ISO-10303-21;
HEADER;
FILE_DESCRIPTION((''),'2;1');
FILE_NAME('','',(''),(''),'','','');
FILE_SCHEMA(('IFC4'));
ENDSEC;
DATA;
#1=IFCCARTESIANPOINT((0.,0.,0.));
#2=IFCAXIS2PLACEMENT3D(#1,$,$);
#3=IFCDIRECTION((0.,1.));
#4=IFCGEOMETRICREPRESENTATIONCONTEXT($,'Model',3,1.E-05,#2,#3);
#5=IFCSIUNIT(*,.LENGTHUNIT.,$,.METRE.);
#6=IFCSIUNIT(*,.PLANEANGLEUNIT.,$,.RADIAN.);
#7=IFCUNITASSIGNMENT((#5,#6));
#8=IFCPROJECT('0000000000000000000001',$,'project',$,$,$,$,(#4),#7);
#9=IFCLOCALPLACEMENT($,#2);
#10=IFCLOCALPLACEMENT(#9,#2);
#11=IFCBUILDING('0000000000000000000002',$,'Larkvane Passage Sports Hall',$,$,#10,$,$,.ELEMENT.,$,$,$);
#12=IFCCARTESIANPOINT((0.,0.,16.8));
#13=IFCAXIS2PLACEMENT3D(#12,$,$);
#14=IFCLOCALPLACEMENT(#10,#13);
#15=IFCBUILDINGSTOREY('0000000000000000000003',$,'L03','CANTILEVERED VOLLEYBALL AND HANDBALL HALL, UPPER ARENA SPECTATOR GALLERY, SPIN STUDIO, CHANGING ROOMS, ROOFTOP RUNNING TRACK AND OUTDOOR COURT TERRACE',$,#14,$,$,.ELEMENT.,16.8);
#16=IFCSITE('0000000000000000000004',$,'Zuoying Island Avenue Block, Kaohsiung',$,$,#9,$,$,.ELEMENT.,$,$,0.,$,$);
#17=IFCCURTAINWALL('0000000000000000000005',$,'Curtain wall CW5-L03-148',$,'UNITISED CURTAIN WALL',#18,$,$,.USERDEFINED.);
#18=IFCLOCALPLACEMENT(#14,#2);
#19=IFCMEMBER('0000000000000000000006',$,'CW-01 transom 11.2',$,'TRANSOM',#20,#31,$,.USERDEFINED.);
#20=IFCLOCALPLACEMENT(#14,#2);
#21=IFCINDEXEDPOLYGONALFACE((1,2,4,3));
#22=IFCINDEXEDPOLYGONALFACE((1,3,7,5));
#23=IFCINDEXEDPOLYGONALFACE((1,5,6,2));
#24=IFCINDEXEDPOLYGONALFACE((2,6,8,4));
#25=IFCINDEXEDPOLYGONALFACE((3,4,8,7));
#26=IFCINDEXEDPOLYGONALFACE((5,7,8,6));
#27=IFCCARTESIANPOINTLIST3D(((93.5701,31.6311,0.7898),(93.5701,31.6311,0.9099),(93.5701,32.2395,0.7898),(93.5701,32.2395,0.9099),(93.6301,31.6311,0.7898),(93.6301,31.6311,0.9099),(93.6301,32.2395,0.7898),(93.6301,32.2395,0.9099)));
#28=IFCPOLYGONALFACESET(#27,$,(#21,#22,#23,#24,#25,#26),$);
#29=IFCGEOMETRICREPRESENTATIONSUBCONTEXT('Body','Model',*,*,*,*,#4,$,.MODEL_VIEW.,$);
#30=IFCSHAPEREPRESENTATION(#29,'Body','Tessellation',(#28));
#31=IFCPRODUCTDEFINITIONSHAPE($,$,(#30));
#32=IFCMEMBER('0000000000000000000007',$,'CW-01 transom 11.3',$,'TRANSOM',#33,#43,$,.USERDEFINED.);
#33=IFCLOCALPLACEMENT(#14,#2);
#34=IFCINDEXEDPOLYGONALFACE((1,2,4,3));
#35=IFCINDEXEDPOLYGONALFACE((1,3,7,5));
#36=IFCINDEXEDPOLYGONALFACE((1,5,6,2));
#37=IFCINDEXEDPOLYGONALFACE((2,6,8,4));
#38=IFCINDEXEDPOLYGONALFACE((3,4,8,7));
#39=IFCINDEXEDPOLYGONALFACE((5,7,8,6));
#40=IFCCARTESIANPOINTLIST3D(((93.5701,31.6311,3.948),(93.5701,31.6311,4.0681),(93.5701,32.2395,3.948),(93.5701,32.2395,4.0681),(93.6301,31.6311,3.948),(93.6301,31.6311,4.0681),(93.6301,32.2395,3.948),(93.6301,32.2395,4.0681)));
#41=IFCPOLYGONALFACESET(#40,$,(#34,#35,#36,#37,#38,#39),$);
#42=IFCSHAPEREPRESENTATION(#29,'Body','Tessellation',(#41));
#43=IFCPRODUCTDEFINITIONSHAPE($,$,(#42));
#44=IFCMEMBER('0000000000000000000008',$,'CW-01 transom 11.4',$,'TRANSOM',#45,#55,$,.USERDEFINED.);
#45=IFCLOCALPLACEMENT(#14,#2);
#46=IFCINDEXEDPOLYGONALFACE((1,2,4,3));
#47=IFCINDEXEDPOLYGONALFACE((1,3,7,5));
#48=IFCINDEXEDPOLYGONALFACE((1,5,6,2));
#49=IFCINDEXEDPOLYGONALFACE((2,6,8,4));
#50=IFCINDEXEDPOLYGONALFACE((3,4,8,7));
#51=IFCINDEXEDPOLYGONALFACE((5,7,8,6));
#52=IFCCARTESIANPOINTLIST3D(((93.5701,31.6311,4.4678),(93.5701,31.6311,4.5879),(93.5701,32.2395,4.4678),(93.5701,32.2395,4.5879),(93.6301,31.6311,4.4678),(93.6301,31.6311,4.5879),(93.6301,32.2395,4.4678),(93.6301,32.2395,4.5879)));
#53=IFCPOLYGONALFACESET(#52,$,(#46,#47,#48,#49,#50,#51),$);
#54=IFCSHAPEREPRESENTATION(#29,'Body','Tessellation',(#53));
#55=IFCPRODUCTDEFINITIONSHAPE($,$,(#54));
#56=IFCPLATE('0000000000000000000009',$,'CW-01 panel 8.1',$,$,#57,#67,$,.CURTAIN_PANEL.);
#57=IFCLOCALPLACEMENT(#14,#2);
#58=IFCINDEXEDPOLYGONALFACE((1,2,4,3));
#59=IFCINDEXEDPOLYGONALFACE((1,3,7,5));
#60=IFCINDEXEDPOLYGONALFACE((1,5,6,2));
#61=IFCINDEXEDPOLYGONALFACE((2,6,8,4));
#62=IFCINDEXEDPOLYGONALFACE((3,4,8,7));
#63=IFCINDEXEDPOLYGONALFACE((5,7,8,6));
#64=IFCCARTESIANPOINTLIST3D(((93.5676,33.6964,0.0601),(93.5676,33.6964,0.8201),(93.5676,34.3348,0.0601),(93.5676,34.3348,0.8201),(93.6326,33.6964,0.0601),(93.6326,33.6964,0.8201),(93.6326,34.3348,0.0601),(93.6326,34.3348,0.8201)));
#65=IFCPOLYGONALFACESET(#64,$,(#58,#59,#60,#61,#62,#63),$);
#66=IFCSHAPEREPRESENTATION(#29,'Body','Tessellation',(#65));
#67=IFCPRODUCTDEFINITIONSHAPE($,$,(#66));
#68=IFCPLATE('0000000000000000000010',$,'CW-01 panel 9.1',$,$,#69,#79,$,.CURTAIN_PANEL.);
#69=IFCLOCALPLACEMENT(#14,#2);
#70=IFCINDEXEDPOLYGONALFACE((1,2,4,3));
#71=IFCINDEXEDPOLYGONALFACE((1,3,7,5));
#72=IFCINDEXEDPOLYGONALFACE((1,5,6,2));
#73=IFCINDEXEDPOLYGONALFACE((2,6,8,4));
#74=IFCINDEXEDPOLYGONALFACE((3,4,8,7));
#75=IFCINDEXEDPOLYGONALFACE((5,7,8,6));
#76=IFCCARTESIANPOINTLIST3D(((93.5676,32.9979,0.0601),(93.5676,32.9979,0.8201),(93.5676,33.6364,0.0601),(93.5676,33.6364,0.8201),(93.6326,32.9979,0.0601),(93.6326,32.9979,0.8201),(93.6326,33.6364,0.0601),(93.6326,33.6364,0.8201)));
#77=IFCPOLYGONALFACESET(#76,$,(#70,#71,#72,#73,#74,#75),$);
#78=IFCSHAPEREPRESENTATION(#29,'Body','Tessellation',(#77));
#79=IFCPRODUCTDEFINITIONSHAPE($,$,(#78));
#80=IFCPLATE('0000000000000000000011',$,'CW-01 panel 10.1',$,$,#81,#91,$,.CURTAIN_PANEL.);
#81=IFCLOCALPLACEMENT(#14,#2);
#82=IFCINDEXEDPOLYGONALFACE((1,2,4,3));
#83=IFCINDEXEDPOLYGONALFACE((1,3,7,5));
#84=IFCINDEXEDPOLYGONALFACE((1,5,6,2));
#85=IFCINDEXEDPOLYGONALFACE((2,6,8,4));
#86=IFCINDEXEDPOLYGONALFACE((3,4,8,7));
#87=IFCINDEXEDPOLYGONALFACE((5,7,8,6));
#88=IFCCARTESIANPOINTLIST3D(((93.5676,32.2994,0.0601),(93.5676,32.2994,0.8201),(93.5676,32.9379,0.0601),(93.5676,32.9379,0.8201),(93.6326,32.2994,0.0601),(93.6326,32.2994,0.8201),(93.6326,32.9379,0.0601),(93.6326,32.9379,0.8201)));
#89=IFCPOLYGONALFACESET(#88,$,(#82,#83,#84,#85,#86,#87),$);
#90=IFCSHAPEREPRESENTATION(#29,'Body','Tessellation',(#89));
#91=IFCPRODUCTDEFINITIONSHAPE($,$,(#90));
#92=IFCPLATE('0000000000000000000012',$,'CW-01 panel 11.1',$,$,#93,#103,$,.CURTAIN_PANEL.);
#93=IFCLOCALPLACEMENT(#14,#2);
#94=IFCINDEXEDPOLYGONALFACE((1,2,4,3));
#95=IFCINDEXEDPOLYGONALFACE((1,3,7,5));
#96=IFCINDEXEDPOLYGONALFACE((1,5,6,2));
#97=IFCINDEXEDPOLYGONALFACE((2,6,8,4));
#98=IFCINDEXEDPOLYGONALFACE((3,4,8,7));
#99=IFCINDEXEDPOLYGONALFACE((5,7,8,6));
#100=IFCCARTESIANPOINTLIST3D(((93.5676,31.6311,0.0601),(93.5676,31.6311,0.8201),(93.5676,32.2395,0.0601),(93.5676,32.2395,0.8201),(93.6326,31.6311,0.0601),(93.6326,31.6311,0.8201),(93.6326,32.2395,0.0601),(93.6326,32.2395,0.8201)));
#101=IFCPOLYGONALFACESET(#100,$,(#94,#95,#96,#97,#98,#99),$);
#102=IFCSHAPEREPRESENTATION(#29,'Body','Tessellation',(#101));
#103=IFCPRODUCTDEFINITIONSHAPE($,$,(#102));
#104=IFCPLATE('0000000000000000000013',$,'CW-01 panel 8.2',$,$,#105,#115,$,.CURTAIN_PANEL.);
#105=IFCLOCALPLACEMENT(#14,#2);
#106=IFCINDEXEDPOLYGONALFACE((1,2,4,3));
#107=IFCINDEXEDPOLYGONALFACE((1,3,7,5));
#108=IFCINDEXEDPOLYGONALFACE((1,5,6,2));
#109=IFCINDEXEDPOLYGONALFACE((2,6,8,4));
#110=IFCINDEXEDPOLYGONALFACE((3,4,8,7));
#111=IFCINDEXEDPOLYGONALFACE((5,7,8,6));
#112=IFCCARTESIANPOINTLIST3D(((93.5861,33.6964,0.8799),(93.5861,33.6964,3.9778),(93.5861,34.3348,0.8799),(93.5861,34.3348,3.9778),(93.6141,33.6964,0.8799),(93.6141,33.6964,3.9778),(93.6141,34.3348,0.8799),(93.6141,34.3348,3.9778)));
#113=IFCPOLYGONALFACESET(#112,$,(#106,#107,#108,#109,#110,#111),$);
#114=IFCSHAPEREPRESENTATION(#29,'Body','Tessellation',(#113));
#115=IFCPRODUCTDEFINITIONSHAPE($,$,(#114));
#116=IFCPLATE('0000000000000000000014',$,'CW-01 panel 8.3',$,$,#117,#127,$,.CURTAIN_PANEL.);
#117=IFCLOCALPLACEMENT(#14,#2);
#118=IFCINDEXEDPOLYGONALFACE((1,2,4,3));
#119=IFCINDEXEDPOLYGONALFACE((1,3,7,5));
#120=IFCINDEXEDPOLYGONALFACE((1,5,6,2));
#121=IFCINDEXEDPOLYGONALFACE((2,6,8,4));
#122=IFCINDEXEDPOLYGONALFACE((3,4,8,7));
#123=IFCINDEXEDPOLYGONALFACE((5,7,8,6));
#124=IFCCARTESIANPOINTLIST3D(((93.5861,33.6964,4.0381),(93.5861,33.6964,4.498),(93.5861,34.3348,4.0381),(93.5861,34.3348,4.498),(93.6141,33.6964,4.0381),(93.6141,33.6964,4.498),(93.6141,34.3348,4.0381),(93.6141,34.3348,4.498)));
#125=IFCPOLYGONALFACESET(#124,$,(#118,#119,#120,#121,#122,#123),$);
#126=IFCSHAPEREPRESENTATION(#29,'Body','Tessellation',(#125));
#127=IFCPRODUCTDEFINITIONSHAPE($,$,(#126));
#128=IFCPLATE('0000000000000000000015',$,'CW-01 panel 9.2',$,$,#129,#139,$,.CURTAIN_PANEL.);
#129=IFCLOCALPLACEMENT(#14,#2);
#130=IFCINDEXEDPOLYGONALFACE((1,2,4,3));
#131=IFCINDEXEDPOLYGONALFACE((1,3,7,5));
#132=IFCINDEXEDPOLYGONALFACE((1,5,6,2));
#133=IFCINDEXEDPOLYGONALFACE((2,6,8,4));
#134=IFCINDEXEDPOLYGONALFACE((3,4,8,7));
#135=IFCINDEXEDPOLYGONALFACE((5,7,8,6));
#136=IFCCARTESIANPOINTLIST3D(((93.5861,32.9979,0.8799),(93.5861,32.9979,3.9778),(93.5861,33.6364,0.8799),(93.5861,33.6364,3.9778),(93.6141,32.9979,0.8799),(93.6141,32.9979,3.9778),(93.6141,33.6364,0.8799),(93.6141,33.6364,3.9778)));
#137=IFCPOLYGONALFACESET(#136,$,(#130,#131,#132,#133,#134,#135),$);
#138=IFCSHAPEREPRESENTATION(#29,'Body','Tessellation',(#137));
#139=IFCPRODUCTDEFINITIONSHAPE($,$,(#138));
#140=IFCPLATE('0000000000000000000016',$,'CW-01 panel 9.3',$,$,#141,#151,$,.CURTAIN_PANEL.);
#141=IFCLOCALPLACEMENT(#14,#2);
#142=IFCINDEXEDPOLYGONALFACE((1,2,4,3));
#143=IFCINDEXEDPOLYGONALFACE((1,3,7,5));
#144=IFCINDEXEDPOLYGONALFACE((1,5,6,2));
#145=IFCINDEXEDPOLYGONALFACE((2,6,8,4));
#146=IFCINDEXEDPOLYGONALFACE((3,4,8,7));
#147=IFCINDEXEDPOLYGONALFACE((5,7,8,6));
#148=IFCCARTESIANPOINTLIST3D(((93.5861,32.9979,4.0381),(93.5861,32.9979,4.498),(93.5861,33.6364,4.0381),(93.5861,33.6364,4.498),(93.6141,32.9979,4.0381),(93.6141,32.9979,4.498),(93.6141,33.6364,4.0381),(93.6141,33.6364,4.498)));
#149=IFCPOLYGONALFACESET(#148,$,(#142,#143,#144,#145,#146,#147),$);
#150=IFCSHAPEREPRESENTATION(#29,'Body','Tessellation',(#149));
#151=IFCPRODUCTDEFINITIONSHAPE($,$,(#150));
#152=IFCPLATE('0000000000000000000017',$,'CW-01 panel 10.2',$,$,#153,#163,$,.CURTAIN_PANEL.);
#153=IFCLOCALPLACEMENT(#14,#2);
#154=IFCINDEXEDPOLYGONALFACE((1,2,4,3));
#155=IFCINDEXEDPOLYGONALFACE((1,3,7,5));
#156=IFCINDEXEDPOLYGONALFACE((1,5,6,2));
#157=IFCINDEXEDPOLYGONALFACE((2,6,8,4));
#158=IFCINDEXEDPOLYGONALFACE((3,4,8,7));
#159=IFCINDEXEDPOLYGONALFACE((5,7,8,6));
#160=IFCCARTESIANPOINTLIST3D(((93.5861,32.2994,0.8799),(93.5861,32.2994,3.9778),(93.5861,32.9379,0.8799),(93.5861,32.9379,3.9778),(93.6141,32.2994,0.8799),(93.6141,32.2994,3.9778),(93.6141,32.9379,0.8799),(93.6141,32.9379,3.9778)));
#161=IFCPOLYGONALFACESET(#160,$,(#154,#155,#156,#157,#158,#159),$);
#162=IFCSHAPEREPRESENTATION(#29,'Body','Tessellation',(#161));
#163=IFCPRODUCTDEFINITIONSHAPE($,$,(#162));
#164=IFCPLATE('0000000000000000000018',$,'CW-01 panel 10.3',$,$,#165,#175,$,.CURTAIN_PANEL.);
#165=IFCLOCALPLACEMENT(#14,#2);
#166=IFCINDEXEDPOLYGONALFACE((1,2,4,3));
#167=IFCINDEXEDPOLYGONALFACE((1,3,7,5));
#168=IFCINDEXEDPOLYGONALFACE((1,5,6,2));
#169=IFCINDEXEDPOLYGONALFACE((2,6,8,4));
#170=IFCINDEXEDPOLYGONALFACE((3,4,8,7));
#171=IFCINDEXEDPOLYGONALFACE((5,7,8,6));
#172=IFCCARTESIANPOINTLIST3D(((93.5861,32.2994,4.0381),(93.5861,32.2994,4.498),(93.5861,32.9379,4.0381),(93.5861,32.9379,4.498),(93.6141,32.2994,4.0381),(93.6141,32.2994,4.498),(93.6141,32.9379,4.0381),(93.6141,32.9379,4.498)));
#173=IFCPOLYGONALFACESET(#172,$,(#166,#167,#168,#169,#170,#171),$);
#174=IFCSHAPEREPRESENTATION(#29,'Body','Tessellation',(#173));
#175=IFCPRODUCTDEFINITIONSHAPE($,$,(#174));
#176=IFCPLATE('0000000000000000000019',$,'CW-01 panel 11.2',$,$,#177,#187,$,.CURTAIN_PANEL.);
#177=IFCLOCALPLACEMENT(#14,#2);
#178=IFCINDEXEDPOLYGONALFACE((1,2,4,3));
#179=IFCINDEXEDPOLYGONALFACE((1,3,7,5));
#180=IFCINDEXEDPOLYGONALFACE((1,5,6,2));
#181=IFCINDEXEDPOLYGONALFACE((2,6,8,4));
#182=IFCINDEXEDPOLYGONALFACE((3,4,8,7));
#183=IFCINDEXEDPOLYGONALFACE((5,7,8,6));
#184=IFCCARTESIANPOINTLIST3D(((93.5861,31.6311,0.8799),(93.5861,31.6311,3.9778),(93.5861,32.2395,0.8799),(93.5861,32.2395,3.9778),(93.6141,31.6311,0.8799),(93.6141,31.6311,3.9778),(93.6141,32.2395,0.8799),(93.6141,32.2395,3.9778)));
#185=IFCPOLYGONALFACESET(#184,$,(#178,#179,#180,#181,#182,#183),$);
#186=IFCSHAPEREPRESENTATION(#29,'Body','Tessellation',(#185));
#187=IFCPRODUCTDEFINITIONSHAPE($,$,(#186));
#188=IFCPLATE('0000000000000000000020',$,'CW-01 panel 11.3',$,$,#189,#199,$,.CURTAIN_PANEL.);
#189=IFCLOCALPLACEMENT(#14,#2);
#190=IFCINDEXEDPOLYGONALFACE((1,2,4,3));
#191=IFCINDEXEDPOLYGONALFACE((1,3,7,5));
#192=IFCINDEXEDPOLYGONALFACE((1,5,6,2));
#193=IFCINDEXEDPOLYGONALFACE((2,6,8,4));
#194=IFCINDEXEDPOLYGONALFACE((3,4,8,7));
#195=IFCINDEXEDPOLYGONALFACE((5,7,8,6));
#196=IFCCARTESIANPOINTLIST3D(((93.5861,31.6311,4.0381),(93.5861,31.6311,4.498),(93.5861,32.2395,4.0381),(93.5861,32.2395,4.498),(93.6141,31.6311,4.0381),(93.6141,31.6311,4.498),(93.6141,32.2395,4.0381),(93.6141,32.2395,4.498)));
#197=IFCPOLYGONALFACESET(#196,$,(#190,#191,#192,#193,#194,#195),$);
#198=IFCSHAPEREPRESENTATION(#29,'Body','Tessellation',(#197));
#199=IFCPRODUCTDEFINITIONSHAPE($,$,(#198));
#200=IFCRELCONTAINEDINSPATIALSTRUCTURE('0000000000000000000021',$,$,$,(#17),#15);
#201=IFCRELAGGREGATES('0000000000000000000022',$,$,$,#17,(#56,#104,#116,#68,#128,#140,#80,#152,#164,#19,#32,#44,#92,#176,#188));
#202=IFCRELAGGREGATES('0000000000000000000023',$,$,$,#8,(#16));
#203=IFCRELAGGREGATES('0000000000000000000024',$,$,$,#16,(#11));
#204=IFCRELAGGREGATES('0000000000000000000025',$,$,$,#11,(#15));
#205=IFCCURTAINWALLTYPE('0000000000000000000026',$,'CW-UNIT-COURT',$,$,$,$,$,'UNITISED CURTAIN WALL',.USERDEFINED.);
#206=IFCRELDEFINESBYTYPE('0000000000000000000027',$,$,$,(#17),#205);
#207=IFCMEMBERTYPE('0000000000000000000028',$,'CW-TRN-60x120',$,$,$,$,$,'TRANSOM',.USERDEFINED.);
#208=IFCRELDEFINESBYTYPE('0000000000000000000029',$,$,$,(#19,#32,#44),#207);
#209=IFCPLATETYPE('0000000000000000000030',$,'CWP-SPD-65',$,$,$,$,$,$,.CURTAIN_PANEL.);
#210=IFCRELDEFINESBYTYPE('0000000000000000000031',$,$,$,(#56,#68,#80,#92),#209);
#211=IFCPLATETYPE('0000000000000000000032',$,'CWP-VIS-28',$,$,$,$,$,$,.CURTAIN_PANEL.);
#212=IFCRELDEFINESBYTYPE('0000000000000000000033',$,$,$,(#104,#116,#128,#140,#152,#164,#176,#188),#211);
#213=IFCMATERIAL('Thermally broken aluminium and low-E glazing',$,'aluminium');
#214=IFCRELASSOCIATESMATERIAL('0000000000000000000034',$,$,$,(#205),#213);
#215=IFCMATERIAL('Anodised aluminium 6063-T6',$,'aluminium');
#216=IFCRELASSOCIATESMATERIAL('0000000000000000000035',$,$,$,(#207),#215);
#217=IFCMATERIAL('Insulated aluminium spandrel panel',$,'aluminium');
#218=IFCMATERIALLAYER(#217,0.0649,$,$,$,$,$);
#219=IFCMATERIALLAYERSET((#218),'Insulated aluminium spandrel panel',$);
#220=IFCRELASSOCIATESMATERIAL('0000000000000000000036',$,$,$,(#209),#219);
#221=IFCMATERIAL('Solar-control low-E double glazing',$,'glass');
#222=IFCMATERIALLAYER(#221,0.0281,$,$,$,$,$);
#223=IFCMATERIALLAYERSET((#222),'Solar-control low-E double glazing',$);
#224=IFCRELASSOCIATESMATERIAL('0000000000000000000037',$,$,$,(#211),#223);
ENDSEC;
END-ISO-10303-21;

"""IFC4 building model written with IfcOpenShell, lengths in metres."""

from ifc_helpers import new_model, si_unit, direction, frame, origin, origin_2d, place, context, subcontext, project, spatial, rectangle, extrude, material, layer, layer_set, material_profile, profile_set, type_object, element, aggregate, save


model = new_model("IFC4")

# Units and contexts
model_context = context("Model", 3, precision=1e-05, world=origin(), true_north=direction((0.0, 1.0)))
body_context = subcontext(model_context, "Body", "Model", "MODEL_VIEW")
ifc_project = project(units=[si_unit("LENGTHUNIT", "METRE"), si_unit("PLANEANGLEUNIT", "RADIAN")], contexts=[model_context])

# Site, building, storey
site_placement = place(None, origin())
site = spatial("IfcSite", under=ifc_project, at=site_placement, Name="Zuoying Island Avenue Block, Kaohsiung", CompositionType="ELEMENT", RefElevation=0.0)
building_placement = place(site_placement, origin())
building = spatial("IfcBuilding", under=site, at=building_placement, Name="Larkvane Passage Sports Hall", CompositionType="ELEMENT")
storey_placement = place(building_placement, frame((0.0, 0.0, 16.8)))
storey = spatial("IfcBuildingStorey", under=building, at=storey_placement, Name="L03", Description="CANTILEVERED VOLLEYBALL AND HANDBALL HALL, UPPER ARENA SPECTATOR GALLERY, SPIN STUDIO, CHANGING ROOMS, ROOFTOP RUNNING TRACK AND OUTDOOR COURT TERRACE", CompositionType="ELEMENT", Elevation=16.8)

# Shared definitions
ifc_material_1 = material(Name="Thermally broken aluminium and low-E glazing", Category="aluminium")
ifc_material_2 = material(Name="Anodised aluminium 6063-T6", Category="aluminium")

# Curtain wall, members, plates
curtain_wall_type_1 = type_object("IfcCurtainWallType", Name="CW-UNIT-COURT", ElementType="UNITISED CURTAIN WALL", PredefinedType="USERDEFINED", material=ifc_material_1)
curtain_wall_1_placement = place(storey_placement, origin())
curtain_wall_1 = element("IfcCurtainWall", 1, at=curtain_wall_1_placement, inside=storey, type_object=curtain_wall_type_1, Name="Curtain wall CW5-L03-148", ObjectType="UNITISED CURTAIN WALL", PredefinedType="USERDEFINED")
ifc_material_profile_1 = material_profile(ifc_material_2, rectangle(XDim=0.0601, YDim=0.1201, at=origin_2d()), Name="ALU-TRN-60x120")
ifc_profile_set_1 = profile_set([ifc_material_profile_1], Name="Anodised aluminium 6063-T6")
member_type_1 = type_object("IfcMemberType", Name="CW-TRN-60x120", ElementType="TRANSOM", PredefinedType="USERDEFINED", material=ifc_profile_set_1)
member_1_placement = place(storey_placement, frame((93.6001, 32.2395, 0.8499), z_axis=(0.0, -1.0, 0.0), x_axis=(1.0, 0.0, 0.0)))
member_1 = element("IfcMember", 2, at=member_1_placement, type_object=member_type_1, Name="CW-01 transom 11.2", ObjectType="TRANSOM", PredefinedType="USERDEFINED", context=body_context, shape_type="SweptSolid", body=[
    extrude(rectangle(XDim=0.0601, YDim=0.1201, at=origin_2d()), origin(), (0.0, 0.0, 1.0), 0.6084),
])
member_2_placement = place(storey_placement, frame((93.6001, 32.2395, 4.0081), z_axis=(0.0, -1.0, 0.0), x_axis=(1.0, 0.0, 0.0)))
member_2 = element("IfcMember", 3, at=member_2_placement, type_object=member_type_1, Name="CW-01 transom 11.3", ObjectType="TRANSOM", PredefinedType="USERDEFINED", context=body_context, shape_type="SweptSolid", body=[
    extrude(rectangle(XDim=0.0601, YDim=0.1201, at=origin_2d()), origin(), (0.0, 0.0, 1.0), 0.6084),
])
member_3_placement = place(storey_placement, frame((93.6001, 32.2395, 4.5278), z_axis=(0.0, -1.0, 0.0), x_axis=(1.0, 0.0, 0.0)))
member_3 = element("IfcMember", 4, at=member_3_placement, type_object=member_type_1, Name="CW-01 transom 11.4", ObjectType="TRANSOM", PredefinedType="USERDEFINED", context=body_context, shape_type="SweptSolid", body=[
    extrude(rectangle(XDim=0.0601, YDim=0.1201, at=origin_2d()), origin(), (0.0, 0.0, 1.0), 0.6084),
])
ifc_material_3 = material(Name="Insulated aluminium spandrel panel", Category="aluminium")
ifc_layer_1 = layer(ifc_material_3, 0.0649)
ifc_layer_set_1 = layer_set([ifc_layer_1], Name="Insulated aluminium spandrel panel")
plate_type_1 = type_object("IfcPlateType", Name="CWP-SPD-65", PredefinedType="CURTAIN_PANEL", material=ifc_layer_set_1)
plate_1_placement = place(storey_placement, frame((93.6001, 34.0156, 0.0601), z_axis=(0.0, 0.0, 1.0), x_axis=(0.0, -1.0, 0.0)))
plate_1 = element("IfcPlate", 5, at=plate_1_placement, type_object=plate_type_1, Name="CW-01 panel 8.1", PredefinedType="CURTAIN_PANEL", context=body_context, shape_type="SweptSolid", body=[
    extrude(rectangle(XDim=0.6384, YDim=0.0649, at=origin_2d()), origin(), (0.0, 0.0, 1.0), 0.76),
])
plate_2_placement = place(storey_placement, frame((93.6001, 33.3171, 0.0601), z_axis=(0.0, 0.0, 1.0), x_axis=(0.0, -1.0, 0.0)))
plate_2 = element("IfcPlate", 6, at=plate_2_placement, type_object=plate_type_1, Name="CW-01 panel 9.1", PredefinedType="CURTAIN_PANEL", context=body_context, shape_type="SweptSolid", body=[
    extrude(rectangle(XDim=0.6384, YDim=0.0649, at=origin_2d()), origin(), (0.0, 0.0, 1.0), 0.76),
])
plate_3_placement = place(storey_placement, frame((93.6001, 32.6187, 0.0601), z_axis=(0.0, 0.0, 1.0), x_axis=(0.0, -1.0, 0.0)))
plate_3 = element("IfcPlate", 7, at=plate_3_placement, type_object=plate_type_1, Name="CW-01 panel 10.1", PredefinedType="CURTAIN_PANEL", context=body_context, shape_type="SweptSolid", body=[
    extrude(rectangle(XDim=0.6384, YDim=0.0649, at=origin_2d()), origin(), (0.0, 0.0, 1.0), 0.76),
])
plate_4_placement = place(storey_placement, frame((93.6001, 31.9353, 0.0601), z_axis=(0.0, 0.0, 1.0), x_axis=(0.0, -1.0, 0.0)))
plate_4 = element("IfcPlate", 8, at=plate_4_placement, type_object=plate_type_1, Name="CW-01 panel 11.1", PredefinedType="CURTAIN_PANEL", context=body_context, shape_type="SweptSolid", body=[
    extrude(rectangle(XDim=0.6084, YDim=0.0649, at=origin_2d()), origin(), (0.0, 0.0, 1.0), 0.76),
])
ifc_material_4 = material(Name="Solar-control low-E double glazing", Category="glass")
ifc_layer_2 = layer(ifc_material_4, 0.0281)
ifc_layer_set_2 = layer_set([ifc_layer_2], Name="Solar-control low-E double glazing")
plate_type_2 = type_object("IfcPlateType", Name="CWP-VIS-28", PredefinedType="CURTAIN_PANEL", material=ifc_layer_set_2)
plate_5_placement = place(storey_placement, frame((93.6001, 34.0156, 0.8799), z_axis=(0.0, 0.0, 1.0), x_axis=(0.0, -1.0, 0.0)))
plate_5 = element("IfcPlate", 9, at=plate_5_placement, type_object=plate_type_2, Name="CW-01 panel 8.2", PredefinedType="CURTAIN_PANEL", context=body_context, shape_type="SweptSolid", body=[
    extrude(rectangle(XDim=0.6384, YDim=0.0281, at=origin_2d()), origin(), (0.0, 0.0, 1.0), 3.0979),
])
plate_6_placement = place(storey_placement, frame((93.6001, 34.0156, 4.0381), z_axis=(0.0, 0.0, 1.0), x_axis=(0.0, -1.0, 0.0)))
plate_6 = element("IfcPlate", 10, at=plate_6_placement, type_object=plate_type_2, Name="CW-01 panel 8.3", PredefinedType="CURTAIN_PANEL", context=body_context, shape_type="SweptSolid", body=[
    extrude(rectangle(XDim=0.6384, YDim=0.0281, at=origin_2d()), origin(), (0.0, 0.0, 1.0), 0.46),
])
plate_7_placement = place(storey_placement, frame((93.6001, 33.3171, 0.8799), z_axis=(0.0, 0.0, 1.0), x_axis=(0.0, -1.0, 0.0)))
plate_7 = element("IfcPlate", 11, at=plate_7_placement, type_object=plate_type_2, Name="CW-01 panel 9.2", PredefinedType="CURTAIN_PANEL", context=body_context, shape_type="SweptSolid", body=[
    extrude(rectangle(XDim=0.6384, YDim=0.0281, at=origin_2d()), origin(), (0.0, 0.0, 1.0), 3.0979),
])
plate_8_placement = place(storey_placement, frame((93.6001, 33.3171, 4.0381), z_axis=(0.0, 0.0, 1.0), x_axis=(0.0, -1.0, 0.0)))
plate_8 = element("IfcPlate", 12, at=plate_8_placement, type_object=plate_type_2, Name="CW-01 panel 9.3", PredefinedType="CURTAIN_PANEL", context=body_context, shape_type="SweptSolid", body=[
    extrude(rectangle(XDim=0.6384, YDim=0.0281, at=origin_2d()), origin(), (0.0, 0.0, 1.0), 0.46),
])
plate_9_placement = place(storey_placement, frame((93.6001, 32.6187, 0.8799), z_axis=(0.0, 0.0, 1.0), x_axis=(0.0, -1.0, 0.0)))
plate_9 = element("IfcPlate", 13, at=plate_9_placement, type_object=plate_type_2, Name="CW-01 panel 10.2", PredefinedType="CURTAIN_PANEL", context=body_context, shape_type="SweptSolid", body=[
    extrude(rectangle(XDim=0.6384, YDim=0.0281, at=origin_2d()), origin(), (0.0, 0.0, 1.0), 3.0979),
])
plate_10_placement = place(storey_placement, frame((93.6001, 32.6187, 4.0381), z_axis=(0.0, 0.0, 1.0), x_axis=(0.0, -1.0, 0.0)))
plate_10 = element("IfcPlate", 14, at=plate_10_placement, type_object=plate_type_2, Name="CW-01 panel 10.3", PredefinedType="CURTAIN_PANEL", context=body_context, shape_type="SweptSolid", body=[
    extrude(rectangle(XDim=0.6384, YDim=0.0281, at=origin_2d()), origin(), (0.0, 0.0, 1.0), 0.46),
])
plate_11_placement = place(storey_placement, frame((93.6001, 31.9353, 0.8799), z_axis=(0.0, 0.0, 1.0), x_axis=(0.0, -1.0, 0.0)))
plate_11 = element("IfcPlate", 15, at=plate_11_placement, type_object=plate_type_2, Name="CW-01 panel 11.2", PredefinedType="CURTAIN_PANEL", context=body_context, shape_type="SweptSolid", body=[
    extrude(rectangle(XDim=0.6084, YDim=0.0281, at=origin_2d()), origin(), (0.0, 0.0, 1.0), 3.0979),
])
plate_12_placement = place(storey_placement, frame((93.6001, 31.9353, 4.0381), z_axis=(0.0, 0.0, 1.0), x_axis=(0.0, -1.0, 0.0)))
plate_12 = element("IfcPlate", 16, at=plate_12_placement, type_object=plate_type_2, Name="CW-01 panel 11.3", PredefinedType="CURTAIN_PANEL", context=body_context, shape_type="SweptSolid", body=[
    extrude(rectangle(XDim=0.6084, YDim=0.0281, at=origin_2d()), origin(), (0.0, 0.0, 1.0), 0.46),
])
aggregate(curtain_wall_1, [plate_1, plate_5, plate_6, plate_2, plate_7, plate_8, plate_3, plate_9, plate_10, member_1, member_2, member_3, plate_4, plate_11, plate_12])

save(model, "model.ifc")
